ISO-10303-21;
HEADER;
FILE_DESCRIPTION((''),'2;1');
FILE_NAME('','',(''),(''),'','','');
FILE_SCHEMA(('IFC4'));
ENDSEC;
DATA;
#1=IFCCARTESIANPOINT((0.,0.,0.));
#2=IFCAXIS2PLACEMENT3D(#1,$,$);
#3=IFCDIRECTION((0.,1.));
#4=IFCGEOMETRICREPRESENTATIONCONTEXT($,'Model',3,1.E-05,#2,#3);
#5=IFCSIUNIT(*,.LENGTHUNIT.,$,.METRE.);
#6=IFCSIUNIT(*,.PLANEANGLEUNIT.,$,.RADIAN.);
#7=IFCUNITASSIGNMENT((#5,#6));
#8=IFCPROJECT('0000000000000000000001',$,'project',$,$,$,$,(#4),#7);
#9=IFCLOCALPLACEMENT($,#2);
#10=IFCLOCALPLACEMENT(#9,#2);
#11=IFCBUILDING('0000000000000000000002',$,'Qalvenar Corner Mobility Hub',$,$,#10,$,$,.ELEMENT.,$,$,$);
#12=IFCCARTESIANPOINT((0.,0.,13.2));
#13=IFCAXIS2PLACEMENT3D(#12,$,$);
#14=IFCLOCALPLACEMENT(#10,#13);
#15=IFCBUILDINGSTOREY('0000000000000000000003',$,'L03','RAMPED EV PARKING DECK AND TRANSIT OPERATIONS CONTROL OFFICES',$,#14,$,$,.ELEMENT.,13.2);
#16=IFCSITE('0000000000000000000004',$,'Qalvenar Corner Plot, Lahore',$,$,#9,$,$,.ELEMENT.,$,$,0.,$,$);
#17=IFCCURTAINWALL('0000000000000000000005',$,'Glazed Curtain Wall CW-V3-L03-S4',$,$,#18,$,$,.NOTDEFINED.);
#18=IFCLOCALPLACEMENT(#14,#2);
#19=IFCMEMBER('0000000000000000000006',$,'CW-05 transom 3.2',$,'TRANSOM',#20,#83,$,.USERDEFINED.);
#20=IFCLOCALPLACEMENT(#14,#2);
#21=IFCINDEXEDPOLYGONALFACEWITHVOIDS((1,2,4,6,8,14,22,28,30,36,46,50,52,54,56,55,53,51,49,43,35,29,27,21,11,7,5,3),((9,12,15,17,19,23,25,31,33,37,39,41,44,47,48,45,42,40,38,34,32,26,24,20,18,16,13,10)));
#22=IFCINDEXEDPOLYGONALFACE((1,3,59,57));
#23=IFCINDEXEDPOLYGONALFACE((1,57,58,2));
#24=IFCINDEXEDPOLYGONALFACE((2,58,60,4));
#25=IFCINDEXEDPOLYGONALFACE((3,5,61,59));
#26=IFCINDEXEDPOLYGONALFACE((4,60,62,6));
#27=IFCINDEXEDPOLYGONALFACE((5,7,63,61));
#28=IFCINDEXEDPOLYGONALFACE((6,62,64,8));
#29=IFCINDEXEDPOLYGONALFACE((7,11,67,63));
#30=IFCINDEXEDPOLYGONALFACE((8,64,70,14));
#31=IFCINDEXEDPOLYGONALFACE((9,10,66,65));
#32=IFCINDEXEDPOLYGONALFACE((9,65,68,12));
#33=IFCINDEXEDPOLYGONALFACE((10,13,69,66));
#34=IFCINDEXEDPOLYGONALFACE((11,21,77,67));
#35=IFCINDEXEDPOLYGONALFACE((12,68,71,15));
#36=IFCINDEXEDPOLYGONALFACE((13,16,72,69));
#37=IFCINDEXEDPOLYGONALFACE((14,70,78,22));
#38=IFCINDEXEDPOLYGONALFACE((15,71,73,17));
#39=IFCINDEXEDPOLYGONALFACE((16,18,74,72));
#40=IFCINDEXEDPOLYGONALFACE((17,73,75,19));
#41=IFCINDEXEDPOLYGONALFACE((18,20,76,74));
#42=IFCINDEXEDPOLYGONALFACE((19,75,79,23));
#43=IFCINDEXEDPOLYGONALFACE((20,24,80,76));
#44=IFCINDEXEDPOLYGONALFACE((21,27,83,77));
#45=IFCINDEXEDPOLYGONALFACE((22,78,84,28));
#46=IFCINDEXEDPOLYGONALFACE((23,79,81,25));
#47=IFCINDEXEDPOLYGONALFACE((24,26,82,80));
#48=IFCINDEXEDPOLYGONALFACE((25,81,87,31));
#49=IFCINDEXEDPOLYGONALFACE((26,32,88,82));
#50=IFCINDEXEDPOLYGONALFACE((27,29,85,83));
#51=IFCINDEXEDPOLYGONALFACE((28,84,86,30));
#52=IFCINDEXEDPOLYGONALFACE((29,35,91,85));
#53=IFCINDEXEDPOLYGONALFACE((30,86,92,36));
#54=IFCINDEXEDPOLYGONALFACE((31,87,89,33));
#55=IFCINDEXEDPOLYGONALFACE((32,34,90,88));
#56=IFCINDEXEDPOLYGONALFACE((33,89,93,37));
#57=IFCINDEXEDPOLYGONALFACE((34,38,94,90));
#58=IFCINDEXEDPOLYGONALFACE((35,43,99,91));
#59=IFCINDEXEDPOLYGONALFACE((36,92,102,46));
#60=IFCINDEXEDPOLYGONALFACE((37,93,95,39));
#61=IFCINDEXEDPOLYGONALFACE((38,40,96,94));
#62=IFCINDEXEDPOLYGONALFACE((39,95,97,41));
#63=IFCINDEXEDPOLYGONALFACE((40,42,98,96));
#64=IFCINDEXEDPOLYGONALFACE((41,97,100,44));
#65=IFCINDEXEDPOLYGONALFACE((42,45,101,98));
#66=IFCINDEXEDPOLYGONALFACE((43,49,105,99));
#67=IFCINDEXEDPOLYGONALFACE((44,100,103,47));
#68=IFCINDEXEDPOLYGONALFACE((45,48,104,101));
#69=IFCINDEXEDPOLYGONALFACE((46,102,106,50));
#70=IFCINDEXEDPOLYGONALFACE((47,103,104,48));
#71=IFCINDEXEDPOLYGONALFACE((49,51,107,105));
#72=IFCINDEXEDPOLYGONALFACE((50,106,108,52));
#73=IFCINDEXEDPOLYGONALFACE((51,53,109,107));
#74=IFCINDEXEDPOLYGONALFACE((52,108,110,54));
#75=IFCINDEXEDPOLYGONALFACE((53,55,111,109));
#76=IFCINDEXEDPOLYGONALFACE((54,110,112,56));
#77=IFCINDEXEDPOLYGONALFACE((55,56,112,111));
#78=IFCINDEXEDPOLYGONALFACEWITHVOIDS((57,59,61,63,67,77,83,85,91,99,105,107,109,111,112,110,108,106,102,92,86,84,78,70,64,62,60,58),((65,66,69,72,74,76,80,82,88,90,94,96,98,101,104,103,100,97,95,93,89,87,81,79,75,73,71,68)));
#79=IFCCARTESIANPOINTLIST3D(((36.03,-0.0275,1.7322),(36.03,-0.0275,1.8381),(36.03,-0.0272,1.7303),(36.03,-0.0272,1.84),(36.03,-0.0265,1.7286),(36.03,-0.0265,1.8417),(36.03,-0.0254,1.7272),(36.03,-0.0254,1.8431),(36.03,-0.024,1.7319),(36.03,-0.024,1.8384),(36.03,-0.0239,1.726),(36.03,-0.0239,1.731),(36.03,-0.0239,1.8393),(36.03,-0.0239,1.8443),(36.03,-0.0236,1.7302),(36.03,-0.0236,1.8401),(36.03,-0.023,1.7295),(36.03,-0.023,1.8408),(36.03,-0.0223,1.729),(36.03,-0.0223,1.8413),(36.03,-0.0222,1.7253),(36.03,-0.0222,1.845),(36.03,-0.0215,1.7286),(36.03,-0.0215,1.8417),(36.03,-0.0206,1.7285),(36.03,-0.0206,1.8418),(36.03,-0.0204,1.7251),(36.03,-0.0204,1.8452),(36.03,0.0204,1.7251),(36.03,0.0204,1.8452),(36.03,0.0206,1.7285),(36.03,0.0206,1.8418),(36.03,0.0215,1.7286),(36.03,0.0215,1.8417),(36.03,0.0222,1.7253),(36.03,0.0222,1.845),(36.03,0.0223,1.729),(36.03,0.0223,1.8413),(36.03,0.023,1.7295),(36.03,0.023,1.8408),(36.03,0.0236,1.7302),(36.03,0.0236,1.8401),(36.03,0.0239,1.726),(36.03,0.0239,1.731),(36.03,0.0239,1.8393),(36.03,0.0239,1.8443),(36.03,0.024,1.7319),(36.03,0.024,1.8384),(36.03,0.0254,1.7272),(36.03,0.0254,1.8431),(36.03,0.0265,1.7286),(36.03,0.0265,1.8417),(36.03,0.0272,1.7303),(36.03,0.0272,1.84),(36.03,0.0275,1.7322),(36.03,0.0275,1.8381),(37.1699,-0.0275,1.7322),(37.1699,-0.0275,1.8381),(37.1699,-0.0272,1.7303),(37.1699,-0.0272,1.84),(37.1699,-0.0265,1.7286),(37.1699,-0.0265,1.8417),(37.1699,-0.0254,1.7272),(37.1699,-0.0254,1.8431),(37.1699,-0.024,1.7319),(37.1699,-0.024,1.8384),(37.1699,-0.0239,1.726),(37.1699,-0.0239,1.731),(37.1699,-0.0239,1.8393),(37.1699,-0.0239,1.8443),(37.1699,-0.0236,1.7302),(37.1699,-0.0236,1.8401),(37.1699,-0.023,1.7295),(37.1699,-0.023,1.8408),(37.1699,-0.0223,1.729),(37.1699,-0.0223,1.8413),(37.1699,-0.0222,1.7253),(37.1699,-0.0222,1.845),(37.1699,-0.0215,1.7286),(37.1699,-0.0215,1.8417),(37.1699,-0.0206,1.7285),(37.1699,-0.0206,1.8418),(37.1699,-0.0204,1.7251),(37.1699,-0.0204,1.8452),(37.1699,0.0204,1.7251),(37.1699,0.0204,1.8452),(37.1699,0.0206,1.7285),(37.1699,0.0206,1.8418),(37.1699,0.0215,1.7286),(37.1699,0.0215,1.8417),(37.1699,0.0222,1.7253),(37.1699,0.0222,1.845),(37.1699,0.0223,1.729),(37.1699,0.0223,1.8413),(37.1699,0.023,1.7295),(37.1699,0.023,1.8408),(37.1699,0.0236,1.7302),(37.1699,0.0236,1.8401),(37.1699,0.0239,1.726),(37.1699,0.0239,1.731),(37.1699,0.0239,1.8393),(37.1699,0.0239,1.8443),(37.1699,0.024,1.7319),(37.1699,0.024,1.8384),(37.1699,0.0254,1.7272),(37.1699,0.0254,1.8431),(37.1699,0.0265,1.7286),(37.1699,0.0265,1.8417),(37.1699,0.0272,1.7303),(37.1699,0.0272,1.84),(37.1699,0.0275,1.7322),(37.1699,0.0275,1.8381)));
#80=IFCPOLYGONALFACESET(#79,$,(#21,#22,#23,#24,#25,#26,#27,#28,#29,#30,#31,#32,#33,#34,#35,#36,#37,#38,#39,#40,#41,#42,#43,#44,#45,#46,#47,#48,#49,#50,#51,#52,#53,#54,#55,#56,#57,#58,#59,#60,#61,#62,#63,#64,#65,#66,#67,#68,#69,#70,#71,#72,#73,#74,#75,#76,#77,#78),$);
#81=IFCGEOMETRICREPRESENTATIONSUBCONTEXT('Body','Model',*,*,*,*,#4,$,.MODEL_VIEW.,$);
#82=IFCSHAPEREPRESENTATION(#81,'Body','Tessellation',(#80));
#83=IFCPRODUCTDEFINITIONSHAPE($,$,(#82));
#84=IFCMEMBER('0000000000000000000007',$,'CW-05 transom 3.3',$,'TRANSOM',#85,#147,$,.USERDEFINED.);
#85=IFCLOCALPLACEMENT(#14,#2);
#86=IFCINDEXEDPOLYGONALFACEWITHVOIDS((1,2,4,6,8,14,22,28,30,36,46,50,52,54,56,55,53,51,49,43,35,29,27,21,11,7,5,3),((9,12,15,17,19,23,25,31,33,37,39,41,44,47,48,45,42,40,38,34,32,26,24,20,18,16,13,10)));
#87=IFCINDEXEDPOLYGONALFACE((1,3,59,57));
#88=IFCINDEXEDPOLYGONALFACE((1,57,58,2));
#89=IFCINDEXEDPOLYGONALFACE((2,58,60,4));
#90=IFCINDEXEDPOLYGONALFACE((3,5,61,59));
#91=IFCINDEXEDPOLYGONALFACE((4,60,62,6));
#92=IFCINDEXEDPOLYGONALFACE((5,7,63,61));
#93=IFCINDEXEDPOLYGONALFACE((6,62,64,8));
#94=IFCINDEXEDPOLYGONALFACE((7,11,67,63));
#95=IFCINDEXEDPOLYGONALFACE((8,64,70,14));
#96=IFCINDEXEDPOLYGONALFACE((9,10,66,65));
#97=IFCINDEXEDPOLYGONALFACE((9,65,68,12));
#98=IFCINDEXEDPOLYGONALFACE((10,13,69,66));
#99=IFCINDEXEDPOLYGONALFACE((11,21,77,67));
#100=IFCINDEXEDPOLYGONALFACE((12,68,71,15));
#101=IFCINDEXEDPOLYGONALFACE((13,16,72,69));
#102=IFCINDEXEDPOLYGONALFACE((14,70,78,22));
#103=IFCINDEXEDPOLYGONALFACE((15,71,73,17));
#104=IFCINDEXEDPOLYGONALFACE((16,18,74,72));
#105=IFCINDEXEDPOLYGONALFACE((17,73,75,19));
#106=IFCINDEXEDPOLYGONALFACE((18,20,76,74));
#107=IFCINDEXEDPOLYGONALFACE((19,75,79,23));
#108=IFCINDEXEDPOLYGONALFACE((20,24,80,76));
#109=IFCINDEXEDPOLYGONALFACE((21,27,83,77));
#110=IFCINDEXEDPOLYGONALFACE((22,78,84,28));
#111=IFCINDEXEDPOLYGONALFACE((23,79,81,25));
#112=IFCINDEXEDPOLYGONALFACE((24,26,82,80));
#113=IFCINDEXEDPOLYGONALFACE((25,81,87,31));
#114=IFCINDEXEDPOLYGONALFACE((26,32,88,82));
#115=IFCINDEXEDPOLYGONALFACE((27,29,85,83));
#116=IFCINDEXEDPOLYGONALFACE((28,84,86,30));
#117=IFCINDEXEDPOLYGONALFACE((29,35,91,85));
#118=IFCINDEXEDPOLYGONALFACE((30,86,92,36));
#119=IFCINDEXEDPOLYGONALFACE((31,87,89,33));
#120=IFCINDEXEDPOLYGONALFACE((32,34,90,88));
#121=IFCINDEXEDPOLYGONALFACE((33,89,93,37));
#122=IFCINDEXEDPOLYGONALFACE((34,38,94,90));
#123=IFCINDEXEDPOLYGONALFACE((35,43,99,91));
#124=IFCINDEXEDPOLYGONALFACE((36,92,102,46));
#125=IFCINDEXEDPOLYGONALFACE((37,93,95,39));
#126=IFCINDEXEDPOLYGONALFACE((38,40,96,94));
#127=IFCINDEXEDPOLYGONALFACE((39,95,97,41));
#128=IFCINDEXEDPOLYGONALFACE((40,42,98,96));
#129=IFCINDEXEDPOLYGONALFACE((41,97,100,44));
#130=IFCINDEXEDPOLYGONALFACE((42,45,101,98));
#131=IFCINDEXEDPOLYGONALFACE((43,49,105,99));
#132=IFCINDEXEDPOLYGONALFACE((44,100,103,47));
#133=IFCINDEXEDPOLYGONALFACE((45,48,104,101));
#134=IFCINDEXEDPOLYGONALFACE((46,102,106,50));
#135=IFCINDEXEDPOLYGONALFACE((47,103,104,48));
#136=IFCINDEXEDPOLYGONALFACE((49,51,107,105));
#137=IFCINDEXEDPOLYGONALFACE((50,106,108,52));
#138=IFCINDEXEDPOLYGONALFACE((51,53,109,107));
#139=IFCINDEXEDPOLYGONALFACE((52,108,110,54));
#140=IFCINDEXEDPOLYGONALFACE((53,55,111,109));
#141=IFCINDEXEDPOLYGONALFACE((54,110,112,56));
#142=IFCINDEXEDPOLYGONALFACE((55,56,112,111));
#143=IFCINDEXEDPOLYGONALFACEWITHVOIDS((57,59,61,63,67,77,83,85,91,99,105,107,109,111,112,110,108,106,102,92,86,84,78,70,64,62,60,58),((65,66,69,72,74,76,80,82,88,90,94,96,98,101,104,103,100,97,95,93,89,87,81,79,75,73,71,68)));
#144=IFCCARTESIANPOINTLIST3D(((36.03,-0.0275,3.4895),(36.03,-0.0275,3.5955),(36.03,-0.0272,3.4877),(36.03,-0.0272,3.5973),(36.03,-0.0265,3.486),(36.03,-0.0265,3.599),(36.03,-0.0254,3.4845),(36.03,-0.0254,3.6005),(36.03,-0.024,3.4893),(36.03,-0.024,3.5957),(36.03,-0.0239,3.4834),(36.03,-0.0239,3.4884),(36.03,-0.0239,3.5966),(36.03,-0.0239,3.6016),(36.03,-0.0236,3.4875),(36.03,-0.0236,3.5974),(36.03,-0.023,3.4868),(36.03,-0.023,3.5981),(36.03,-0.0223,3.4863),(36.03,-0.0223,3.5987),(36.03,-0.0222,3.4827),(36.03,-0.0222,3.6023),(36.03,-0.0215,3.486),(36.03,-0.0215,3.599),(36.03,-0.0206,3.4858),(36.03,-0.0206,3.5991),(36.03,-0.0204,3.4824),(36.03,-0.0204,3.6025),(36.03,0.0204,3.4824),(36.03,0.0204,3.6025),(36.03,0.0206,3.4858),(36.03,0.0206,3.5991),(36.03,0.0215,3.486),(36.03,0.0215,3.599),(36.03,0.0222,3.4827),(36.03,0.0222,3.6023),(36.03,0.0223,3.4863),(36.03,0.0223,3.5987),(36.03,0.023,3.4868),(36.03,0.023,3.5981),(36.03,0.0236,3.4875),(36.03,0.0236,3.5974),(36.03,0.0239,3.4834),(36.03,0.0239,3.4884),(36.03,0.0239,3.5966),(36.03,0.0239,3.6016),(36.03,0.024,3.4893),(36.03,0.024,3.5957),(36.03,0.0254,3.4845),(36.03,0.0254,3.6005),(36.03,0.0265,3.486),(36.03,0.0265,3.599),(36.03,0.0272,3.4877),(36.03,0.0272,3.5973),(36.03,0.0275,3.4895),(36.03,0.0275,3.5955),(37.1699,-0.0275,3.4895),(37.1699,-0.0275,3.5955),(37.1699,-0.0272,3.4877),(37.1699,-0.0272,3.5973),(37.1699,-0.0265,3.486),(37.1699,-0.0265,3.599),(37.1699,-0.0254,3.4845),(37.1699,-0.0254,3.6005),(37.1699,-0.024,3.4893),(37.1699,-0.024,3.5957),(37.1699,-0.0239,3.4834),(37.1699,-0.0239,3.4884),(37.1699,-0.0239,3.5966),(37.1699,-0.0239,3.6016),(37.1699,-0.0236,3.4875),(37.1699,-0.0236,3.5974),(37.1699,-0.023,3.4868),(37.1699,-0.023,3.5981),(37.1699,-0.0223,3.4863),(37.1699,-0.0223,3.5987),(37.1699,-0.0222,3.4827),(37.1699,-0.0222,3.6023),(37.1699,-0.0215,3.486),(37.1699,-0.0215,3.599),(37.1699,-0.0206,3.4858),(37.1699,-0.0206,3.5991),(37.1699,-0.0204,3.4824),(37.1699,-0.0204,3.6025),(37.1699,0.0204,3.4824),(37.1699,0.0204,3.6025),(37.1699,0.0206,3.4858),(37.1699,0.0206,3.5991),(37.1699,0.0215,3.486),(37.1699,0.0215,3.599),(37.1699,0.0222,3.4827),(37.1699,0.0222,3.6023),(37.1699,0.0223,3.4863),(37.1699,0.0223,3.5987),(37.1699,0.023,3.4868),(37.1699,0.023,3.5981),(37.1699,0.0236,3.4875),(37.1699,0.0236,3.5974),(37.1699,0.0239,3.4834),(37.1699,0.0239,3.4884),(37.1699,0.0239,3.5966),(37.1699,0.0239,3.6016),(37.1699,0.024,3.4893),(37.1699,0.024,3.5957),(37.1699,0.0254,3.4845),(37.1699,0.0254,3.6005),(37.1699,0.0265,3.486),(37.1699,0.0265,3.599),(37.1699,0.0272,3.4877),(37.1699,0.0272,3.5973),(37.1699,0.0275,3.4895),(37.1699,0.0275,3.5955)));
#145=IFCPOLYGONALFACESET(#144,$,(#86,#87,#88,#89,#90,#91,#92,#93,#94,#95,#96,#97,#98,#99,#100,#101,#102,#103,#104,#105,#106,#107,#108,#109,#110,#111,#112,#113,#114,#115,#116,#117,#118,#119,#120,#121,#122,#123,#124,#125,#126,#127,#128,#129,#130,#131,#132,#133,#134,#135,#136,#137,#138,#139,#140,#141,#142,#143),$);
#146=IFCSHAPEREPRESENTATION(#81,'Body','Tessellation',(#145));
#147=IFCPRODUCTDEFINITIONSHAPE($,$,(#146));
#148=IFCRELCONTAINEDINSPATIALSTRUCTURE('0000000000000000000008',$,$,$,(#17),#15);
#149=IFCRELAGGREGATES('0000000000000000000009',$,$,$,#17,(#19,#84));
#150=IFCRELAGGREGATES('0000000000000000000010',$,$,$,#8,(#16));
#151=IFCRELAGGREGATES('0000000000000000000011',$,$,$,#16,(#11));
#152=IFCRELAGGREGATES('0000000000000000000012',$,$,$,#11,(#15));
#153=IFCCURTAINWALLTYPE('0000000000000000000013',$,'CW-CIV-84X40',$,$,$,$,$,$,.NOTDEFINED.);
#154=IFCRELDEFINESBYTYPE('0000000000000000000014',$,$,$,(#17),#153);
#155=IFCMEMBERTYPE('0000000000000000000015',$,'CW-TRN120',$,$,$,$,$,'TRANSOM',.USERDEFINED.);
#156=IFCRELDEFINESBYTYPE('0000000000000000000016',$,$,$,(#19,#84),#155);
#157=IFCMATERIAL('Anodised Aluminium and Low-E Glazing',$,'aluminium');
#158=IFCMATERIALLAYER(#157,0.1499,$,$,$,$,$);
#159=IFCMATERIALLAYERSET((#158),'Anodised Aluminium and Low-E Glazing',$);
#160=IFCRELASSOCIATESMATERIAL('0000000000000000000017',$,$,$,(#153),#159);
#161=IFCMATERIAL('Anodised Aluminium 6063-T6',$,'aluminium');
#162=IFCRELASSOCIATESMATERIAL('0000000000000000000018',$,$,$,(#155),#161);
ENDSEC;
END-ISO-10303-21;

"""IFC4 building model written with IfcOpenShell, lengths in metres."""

from ifc_helpers import new_model, si_unit, direction, frame, origin, origin_2d, place, context, subcontext, project, spatial, hollow_rectangle, extrude, material, layer, layer_set, material_profile, profile_set, type_object, element, aggregate, save


model = new_model("IFC4")

# Units and contexts
model_context = context("Model", 3, precision=1e-05, world=origin(), true_north=direction((0.0, 1.0)))
body_context = subcontext(model_context, "Body", "Model", "MODEL_VIEW")
ifc_project = project(units=[si_unit("LENGTHUNIT", "METRE"), si_unit("PLANEANGLEUNIT", "RADIAN")], contexts=[model_context])

# Site, building, storey
site_placement = place(None, origin())
site = spatial("IfcSite", under=ifc_project, at=site_placement, Name="Qalvenar Corner Plot, Lahore", CompositionType="ELEMENT", RefElevation=0.0)
building_placement = place(site_placement, origin())
building = spatial("IfcBuilding", under=site, at=building_placement, Name="Qalvenar Corner Mobility Hub", CompositionType="ELEMENT")
storey_placement = place(building_placement, frame((0.0, 0.0, 13.2)))
storey = spatial("IfcBuildingStorey", under=building, at=storey_placement, Name="L03", Description="RAMPED EV PARKING DECK AND TRANSIT OPERATIONS CONTROL OFFICES", CompositionType="ELEMENT", Elevation=13.2)

# Curtain wall, members
ifc_material_1 = material(Name="Anodised Aluminium and Low-E Glazing", Category="aluminium")
ifc_layer_1 = layer(ifc_material_1, 0.1499)
ifc_layer_set_1 = layer_set([ifc_layer_1], Name="Anodised Aluminium and Low-E Glazing")
curtain_wall_type = type_object("IfcCurtainWallType", Name="CW-CIV-84X40", PredefinedType="NOTDEFINED", material=ifc_layer_set_1)
curtain_wall_placement = place(storey_placement, origin())
curtain_wall = element("IfcCurtainWall", 1, at=curtain_wall_placement, inside=storey, type_object=curtain_wall_type, Name="Glazed Curtain Wall CW-V3-L03-S4", PredefinedType="NOTDEFINED")
ifc_material_2 = material(Name="Anodised Aluminium 6063-T6", Category="aluminium")
ifc_material_profile_1 = material_profile(ifc_material_2, hollow_rectangle(XDim=0.0549, YDim=0.1201, WallThickness=0.0034, InnerFilletRadius=0.0034, OuterFilletRadius=0.0071, at=origin_2d()), Name="RHS120x55x3.5")
ifc_profile_set_1 = profile_set([ifc_material_profile_1], Name="Anodised Aluminium 6063-T6")
member_type_1 = type_object("IfcMemberType", Name="CW-TRN120", ElementType="TRANSOM", PredefinedType="USERDEFINED", material=ifc_profile_set_1)
member_1_placement = place(storey_placement, frame((36.03, 0.0, 1.7852), z_axis=(1.0, 0.0, 0.0), x_axis=(0.0, 1.0, 0.0)))
member_1 = element("IfcMember", 2, at=member_1_placement, type_object=member_type_1, Name="CW-05 transom 3.2", ObjectType="TRANSOM", PredefinedType="USERDEFINED", context=body_context, shape_type="SweptSolid", body=[
    extrude(hollow_rectangle(XDim=0.0549, YDim=0.1201, WallThickness=0.0034, InnerFilletRadius=0.0034, OuterFilletRadius=0.0071, at=origin_2d()), origin(), (0.0, 0.0, 1.0), 1.1399),
])
member_2_placement = place(storey_placement, frame((36.03, 0.0, 3.5425), z_axis=(1.0, 0.0, 0.0), x_axis=(0.0, 1.0, 0.0)))
member_2 = element("IfcMember", 3, at=member_2_placement, type_object=member_type_1, Name="CW-05 transom 3.3", ObjectType="TRANSOM", PredefinedType="USERDEFINED", context=body_context, shape_type="SweptSolid", body=[
    extrude(hollow_rectangle(XDim=0.0549, YDim=0.1201, WallThickness=0.0034, InnerFilletRadius=0.0034, OuterFilletRadius=0.0071, at=origin_2d()), origin(), (0.0, 0.0, 1.0), 1.1399),
])
aggregate(curtain_wall, [member_1, member_2])

save(model, "model.ifc")
